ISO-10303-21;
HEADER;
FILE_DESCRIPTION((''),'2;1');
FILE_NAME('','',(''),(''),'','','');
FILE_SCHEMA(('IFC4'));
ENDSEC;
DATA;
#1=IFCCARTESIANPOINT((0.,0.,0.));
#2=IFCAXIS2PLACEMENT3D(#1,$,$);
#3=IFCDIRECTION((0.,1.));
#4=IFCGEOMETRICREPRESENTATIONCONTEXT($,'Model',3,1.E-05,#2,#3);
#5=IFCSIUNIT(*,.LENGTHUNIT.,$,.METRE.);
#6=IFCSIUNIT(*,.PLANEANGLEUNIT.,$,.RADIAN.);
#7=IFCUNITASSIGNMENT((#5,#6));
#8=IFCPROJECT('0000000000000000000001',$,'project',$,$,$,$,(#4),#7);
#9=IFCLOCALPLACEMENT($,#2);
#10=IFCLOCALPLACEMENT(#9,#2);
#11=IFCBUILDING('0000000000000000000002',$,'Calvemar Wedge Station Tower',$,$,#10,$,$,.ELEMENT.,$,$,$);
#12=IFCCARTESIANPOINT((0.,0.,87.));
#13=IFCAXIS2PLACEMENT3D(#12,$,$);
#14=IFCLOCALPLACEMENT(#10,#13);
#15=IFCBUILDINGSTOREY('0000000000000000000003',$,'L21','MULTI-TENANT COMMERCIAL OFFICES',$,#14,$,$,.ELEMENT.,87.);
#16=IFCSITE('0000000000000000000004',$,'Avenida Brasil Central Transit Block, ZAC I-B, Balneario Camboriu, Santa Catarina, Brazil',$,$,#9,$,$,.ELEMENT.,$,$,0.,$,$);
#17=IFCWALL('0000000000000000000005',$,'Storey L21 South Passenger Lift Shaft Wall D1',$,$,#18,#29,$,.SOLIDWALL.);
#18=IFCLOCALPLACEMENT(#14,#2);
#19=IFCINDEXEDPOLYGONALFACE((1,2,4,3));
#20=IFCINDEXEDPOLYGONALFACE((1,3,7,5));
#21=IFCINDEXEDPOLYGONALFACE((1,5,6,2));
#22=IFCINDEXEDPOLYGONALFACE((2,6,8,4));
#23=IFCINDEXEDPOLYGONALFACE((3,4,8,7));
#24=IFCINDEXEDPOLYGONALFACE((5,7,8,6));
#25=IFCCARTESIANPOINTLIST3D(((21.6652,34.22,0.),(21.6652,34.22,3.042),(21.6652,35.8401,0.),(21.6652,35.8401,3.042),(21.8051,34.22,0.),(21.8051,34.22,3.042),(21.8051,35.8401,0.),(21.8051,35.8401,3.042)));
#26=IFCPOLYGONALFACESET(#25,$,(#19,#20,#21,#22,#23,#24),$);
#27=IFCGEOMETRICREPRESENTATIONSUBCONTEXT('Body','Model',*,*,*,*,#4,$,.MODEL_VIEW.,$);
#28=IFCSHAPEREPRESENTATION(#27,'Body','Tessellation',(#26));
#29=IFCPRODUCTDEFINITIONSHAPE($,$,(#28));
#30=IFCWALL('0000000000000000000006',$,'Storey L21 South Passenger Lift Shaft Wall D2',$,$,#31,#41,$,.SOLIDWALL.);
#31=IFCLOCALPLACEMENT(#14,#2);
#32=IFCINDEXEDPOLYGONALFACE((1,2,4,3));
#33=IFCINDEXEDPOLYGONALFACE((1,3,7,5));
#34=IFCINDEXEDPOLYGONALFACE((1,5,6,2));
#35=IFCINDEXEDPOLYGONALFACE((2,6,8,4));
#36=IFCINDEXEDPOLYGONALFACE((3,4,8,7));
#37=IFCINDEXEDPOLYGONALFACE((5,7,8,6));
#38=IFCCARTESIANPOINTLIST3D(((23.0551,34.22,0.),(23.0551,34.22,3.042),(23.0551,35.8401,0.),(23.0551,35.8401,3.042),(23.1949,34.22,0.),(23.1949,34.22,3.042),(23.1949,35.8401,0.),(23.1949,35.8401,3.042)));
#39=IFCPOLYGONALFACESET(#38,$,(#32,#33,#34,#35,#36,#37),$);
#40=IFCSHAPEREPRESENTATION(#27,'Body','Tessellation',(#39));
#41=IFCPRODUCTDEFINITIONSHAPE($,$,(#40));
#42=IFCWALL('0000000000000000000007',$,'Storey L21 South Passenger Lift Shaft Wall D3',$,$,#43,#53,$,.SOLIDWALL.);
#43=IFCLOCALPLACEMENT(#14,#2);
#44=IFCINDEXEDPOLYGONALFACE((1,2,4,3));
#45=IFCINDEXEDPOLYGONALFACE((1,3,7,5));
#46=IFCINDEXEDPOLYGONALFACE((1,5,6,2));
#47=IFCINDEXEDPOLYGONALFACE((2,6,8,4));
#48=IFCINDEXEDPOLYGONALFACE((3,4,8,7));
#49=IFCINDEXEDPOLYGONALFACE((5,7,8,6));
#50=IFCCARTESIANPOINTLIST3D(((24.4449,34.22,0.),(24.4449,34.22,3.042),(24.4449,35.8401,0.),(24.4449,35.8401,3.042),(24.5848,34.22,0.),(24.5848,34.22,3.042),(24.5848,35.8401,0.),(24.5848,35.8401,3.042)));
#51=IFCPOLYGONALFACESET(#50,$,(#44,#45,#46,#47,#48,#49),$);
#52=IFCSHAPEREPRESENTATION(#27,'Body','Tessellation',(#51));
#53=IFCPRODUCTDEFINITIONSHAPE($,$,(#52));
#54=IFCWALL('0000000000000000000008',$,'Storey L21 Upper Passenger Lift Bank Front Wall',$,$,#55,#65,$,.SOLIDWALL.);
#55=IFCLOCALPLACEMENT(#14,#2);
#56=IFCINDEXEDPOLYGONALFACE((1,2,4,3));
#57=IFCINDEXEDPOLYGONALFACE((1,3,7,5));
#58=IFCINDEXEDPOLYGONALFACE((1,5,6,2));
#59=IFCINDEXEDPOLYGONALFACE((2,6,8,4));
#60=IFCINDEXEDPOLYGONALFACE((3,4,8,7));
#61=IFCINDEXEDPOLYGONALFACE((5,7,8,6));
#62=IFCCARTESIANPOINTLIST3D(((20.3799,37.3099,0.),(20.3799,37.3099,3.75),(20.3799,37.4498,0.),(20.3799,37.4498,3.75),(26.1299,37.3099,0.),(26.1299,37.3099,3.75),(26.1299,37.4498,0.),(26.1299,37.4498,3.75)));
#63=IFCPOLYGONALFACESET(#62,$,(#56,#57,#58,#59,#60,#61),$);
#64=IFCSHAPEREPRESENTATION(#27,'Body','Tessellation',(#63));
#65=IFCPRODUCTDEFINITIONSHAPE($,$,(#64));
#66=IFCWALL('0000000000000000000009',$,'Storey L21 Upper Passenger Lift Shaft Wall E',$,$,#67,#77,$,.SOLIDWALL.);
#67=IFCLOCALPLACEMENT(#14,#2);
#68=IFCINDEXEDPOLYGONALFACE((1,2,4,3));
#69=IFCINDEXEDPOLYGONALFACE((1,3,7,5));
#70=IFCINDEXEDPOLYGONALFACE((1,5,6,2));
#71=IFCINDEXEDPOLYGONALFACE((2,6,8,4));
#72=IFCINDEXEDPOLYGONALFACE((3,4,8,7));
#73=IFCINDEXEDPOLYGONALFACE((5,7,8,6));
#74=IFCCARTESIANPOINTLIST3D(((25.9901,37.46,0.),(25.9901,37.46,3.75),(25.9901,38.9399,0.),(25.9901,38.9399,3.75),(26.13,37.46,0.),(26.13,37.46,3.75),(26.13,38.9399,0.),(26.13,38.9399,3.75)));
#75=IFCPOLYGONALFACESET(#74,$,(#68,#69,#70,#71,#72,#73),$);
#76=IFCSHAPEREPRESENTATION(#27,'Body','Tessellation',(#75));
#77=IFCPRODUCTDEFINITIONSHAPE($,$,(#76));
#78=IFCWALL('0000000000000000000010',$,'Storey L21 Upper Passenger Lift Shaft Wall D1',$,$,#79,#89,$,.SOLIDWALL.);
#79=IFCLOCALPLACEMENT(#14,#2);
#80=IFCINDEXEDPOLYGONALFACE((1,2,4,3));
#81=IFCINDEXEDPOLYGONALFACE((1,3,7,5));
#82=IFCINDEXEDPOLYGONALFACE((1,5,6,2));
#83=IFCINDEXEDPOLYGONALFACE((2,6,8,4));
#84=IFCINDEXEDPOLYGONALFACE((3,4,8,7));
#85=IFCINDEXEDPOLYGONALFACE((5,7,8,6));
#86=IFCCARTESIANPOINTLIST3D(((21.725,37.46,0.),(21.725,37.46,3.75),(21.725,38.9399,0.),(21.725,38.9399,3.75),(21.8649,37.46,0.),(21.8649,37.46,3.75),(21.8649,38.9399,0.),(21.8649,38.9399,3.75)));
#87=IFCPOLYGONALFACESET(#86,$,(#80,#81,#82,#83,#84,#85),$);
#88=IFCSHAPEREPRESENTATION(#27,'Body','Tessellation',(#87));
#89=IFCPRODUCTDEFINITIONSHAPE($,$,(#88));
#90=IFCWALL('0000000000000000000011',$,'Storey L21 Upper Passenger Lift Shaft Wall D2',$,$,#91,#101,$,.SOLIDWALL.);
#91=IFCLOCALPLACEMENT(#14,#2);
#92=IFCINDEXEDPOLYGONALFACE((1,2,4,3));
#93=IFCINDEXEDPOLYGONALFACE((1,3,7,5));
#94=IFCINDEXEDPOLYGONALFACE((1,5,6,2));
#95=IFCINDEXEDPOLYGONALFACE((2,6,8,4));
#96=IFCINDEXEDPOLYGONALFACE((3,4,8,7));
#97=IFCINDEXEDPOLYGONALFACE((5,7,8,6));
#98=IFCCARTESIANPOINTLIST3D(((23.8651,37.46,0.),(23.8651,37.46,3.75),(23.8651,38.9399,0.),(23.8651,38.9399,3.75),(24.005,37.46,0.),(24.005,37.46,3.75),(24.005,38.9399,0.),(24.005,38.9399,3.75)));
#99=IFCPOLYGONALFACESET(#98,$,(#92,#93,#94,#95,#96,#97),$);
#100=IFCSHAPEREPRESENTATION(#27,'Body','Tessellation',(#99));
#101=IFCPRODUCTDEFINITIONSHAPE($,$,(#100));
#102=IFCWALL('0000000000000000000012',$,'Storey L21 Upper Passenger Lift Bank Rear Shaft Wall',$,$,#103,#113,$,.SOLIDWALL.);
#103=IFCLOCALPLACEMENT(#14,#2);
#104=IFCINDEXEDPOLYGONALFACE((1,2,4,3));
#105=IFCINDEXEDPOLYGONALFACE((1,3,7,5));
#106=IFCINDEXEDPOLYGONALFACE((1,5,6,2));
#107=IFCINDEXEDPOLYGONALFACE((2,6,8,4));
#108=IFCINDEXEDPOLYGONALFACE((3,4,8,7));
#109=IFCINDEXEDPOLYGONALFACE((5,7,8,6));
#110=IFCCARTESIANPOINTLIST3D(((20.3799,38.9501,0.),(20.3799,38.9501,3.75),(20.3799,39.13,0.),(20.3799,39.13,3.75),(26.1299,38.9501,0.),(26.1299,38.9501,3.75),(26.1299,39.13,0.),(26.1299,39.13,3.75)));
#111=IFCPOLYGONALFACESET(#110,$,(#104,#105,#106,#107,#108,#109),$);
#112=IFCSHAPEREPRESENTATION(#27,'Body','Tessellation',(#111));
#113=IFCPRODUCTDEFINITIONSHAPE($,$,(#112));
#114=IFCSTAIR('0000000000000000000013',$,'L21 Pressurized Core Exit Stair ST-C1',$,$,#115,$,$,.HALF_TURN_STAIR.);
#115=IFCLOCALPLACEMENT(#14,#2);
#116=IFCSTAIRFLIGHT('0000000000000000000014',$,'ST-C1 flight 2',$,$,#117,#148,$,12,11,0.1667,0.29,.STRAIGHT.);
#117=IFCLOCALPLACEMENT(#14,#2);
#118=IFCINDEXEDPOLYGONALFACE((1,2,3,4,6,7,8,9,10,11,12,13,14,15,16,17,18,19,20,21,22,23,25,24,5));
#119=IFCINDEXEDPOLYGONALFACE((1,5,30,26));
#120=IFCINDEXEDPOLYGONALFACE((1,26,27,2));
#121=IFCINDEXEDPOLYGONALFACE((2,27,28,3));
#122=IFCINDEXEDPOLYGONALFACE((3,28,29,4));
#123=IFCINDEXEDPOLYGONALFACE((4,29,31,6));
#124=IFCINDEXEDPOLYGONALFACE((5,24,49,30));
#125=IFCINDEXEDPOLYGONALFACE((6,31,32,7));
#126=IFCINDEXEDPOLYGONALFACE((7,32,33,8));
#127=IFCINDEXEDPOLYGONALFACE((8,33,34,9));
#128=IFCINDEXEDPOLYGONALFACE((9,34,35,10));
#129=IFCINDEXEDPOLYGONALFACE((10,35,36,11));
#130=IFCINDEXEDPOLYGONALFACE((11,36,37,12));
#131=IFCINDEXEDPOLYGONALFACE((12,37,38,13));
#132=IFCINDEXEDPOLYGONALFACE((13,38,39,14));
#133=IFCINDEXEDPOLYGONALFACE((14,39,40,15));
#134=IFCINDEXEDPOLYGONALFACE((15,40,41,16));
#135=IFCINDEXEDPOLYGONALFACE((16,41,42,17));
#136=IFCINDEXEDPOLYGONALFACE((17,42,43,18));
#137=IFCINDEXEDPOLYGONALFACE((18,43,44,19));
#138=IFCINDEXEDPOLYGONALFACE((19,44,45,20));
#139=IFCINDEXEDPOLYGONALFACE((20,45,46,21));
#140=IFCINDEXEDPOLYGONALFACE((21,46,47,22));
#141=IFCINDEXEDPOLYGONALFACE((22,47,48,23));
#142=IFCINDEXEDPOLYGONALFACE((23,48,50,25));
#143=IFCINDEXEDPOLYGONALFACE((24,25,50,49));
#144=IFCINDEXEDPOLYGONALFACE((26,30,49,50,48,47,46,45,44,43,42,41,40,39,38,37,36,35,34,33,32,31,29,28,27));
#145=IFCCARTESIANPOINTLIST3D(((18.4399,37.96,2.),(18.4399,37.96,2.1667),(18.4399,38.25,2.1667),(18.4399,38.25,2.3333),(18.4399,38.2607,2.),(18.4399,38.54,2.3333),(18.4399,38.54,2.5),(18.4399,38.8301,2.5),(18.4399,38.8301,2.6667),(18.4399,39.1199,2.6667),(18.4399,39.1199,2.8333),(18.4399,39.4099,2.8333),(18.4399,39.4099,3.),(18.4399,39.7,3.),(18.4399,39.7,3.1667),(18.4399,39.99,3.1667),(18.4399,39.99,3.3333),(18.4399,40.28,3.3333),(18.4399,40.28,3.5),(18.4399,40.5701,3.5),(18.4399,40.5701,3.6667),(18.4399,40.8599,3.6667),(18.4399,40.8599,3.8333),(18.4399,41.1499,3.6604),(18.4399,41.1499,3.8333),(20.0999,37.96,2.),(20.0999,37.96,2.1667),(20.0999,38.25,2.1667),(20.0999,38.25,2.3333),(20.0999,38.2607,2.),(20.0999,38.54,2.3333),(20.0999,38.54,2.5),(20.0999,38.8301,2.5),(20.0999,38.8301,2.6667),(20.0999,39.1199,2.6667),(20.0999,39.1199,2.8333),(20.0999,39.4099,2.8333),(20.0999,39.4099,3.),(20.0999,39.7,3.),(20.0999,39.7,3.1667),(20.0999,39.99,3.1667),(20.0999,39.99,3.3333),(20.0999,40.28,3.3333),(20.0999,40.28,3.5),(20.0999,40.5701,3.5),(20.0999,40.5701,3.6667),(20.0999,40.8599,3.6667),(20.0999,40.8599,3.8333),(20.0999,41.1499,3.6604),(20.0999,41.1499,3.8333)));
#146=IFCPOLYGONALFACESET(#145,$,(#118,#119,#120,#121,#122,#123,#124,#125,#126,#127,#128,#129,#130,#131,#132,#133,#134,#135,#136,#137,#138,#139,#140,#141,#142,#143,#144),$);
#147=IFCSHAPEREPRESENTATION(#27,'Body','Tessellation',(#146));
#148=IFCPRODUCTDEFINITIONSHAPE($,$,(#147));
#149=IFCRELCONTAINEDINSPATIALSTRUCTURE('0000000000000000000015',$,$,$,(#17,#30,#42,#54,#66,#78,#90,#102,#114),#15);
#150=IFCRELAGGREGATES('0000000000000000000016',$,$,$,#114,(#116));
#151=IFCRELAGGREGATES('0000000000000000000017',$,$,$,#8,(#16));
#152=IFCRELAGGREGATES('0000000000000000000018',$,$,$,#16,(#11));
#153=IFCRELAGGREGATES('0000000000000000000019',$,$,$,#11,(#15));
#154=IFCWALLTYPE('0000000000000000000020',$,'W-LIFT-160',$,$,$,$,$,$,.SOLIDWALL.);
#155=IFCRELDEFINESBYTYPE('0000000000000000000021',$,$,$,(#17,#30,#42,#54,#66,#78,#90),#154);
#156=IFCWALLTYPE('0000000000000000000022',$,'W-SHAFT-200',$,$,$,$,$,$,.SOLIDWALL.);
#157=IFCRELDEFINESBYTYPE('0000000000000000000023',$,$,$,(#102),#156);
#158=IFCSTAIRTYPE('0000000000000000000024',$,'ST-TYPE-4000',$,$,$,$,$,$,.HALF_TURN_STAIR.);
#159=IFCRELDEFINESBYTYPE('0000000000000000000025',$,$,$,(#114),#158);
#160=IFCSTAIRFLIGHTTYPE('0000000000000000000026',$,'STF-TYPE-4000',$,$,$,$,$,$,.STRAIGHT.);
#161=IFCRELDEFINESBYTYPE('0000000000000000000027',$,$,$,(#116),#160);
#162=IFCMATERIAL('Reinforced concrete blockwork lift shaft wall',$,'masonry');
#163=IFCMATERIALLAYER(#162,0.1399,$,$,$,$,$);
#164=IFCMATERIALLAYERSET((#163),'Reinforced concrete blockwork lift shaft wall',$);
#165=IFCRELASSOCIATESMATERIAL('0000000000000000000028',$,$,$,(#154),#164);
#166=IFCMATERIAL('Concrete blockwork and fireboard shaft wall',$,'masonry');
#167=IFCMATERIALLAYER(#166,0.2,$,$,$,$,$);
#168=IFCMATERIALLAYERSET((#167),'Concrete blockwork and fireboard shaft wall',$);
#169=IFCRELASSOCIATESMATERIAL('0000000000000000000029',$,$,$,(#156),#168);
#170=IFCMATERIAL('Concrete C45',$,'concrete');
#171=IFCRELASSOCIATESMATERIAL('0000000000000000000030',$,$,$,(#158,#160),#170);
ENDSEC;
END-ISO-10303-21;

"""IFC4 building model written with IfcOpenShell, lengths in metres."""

from ifc_helpers import new_model, si_unit, direction, frame, frame_2d, origin, place, context, subcontext, project, spatial, polyline, rectangle, outline, extrude, material, layer, layer_set, type_object, element, aggregate, save


model = new_model("IFC4")

# Units and contexts
model_context = context("Model", 3, precision=1e-05, world=origin(), true_north=direction((0.0, 1.0)))
body_context = subcontext(model_context, "Body", "Model", "MODEL_VIEW")
ifc_project = project(units=[si_unit("LENGTHUNIT", "METRE"), si_unit("PLANEANGLEUNIT", "RADIAN")], contexts=[model_context])

# Site, building, storey
site_placement = place(None, origin())
site = spatial("IfcSite", under=ifc_project, at=site_placement, Name="Avenida Brasil Central Transit Block, ZAC I-B, Balneario Camboriu, Santa Catarina, Brazil", CompositionType="ELEMENT", RefElevation=0.0)
building_placement = place(site_placement, origin())
building = spatial("IfcBuilding", under=site, at=building_placement, Name="Calvemar Wedge Station Tower", CompositionType="ELEMENT")
storey_placement = place(building_placement, frame((0.0, 0.0, 87.0)))
storey = spatial("IfcBuildingStorey", under=building, at=storey_placement, Name="L21", Description="MULTI-TENANT COMMERCIAL OFFICES", CompositionType="ELEMENT", Elevation=87.0)

# Shared definitions
ifc_material_1 = material(Name="Reinforced concrete blockwork lift shaft wall", Category="masonry")
ifc_layer_1 = layer(ifc_material_1, 0.1399)
ifc_layer_set_1 = layer_set([ifc_layer_1], Name="Reinforced concrete blockwork lift shaft wall")
wall_type_1 = type_object("IfcWallType", Name="W-LIFT-160", PredefinedType="SOLIDWALL", material=ifc_layer_set_1)

# Walls
for number, where, z_axis, x_axis, name in (
    (1, (21.7351, 34.22, 0.0), (0.0, 0.0, 1.0), (0.0, 1.0, 0.0), "Storey L21 South Passenger Lift Shaft Wall D1"),
    (2, (23.125, 34.22, 0.0), (0.0, 0.0, 1.0), (0.0, 1.0, 0.0), "Storey L21 South Passenger Lift Shaft Wall D2"),
    (3, (24.5149, 34.22, 0.0), (0.0, 0.0, 1.0), (0.0, 1.0, 0.0), "Storey L21 South Passenger Lift Shaft Wall D3"),
):
    element("IfcWall", number, at=place(storey_placement, frame(where, z_axis=z_axis, x_axis=x_axis)), inside=storey, type_object=wall_type_1, Name=name, PredefinedType="SOLIDWALL", context=body_context, shape_type="SweptSolid", body=[
        extrude(rectangle(XDim=1.6201, YDim=0.1399, at=frame_2d((0.8101, 0.0))), origin(), (0.0, 0.0, 1.0), 3.042),
    ])
wall_1_placement = place(storey_placement, frame((20.3799, 37.3799, 0.0), z_axis=(0.0, 0.0, 1.0), x_axis=(1.0, 0.0, 0.0)))
element("IfcWall", 4, at=wall_1_placement, inside=storey, type_object=wall_type_1, Name="Storey L21 Upper Passenger Lift Bank Front Wall", PredefinedType="SOLIDWALL", context=body_context, shape_type="SweptSolid", body=[
    extrude(rectangle(XDim=5.75, YDim=0.1399, at=frame_2d((2.875, 0.0))), origin(), (0.0, 0.0, 1.0), 3.75),
])
for number, where, z_axis, x_axis, name in (
    (5, (26.0601, 37.46, 0.0), (0.0, 0.0, 1.0), (0.0, 1.0, 0.0), "Storey L21 Upper Passenger Lift Shaft Wall E"),
    (6, (21.7949, 37.46, 0.0), (0.0, 0.0, 1.0), (0.0, 1.0, 0.0), "Storey L21 Upper Passenger Lift Shaft Wall D1"),
    (7, (23.9351, 37.46, 0.0), (0.0, 0.0, 1.0), (0.0, 1.0, 0.0), "Storey L21 Upper Passenger Lift Shaft Wall D2"),
):
    element("IfcWall", number, at=place(storey_placement, frame(where, z_axis=z_axis, x_axis=x_axis)), inside=storey, type_object=wall_type_1, Name=name, PredefinedType="SOLIDWALL", context=body_context, shape_type="SweptSolid", body=[
        extrude(rectangle(XDim=1.48, YDim=0.1399, at=frame_2d((0.74, 0.0))), origin(), (0.0, 0.0, 1.0), 3.75),
    ])
ifc_material_2 = material(Name="Concrete blockwork and fireboard shaft wall", Category="masonry")
ifc_layer_2 = layer(ifc_material_2, 0.2)
ifc_layer_set_2 = layer_set([ifc_layer_2], Name="Concrete blockwork and fireboard shaft wall")
wall_type_2 = type_object("IfcWallType", Name="W-SHAFT-200", PredefinedType="SOLIDWALL", material=ifc_layer_set_2)
wall_2_placement = place(storey_placement, frame((20.3799, 39.04, 0.0), z_axis=(0.0, 0.0, 1.0), x_axis=(1.0, 0.0, 0.0)))
element("IfcWall", 8, at=wall_2_placement, inside=storey, type_object=wall_type_2, Name="Storey L21 Upper Passenger Lift Bank Rear Shaft Wall", PredefinedType="SOLIDWALL", context=body_context, shape_type="SweptSolid", body=[
    extrude(rectangle(XDim=5.75, YDim=0.1799, at=frame_2d((2.875, 0.0))), origin(), (0.0, 0.0, 1.0), 3.75),
])

# Stair, stair flight
ifc_material_3 = material(Name="Concrete C45", Category="concrete")
stair_type = type_object("IfcStairType", Name="ST-TYPE-4000", PredefinedType="HALF_TURN_STAIR", material=ifc_material_3)
stair_placement = place(storey_placement, origin())
stair = element("IfcStair", 9, at=stair_placement, inside=storey, type_object=stair_type, Name="L21 Pressurized Core Exit Stair ST-C1", PredefinedType="HALF_TURN_STAIR")
stair_flight_type = type_object("IfcStairFlightType", Name="STF-TYPE-4000", PredefinedType="STRAIGHT", material=ifc_material_3)
stair_flight_placement = place(storey_placement, frame((19.27, 37.96, 2.0), z_axis=(0.0, 0.0, 1.0), x_axis=(0.0, 1.0, 0.0)))
stair_flight = element("IfcStairFlight", 10, at=stair_flight_placement, type_object=stair_flight_type, Name="ST-C1 flight 2", NumberOfRisers=12, NumberOfTreads=11, PredefinedType="STRAIGHT", RiserHeight=0.1667, TreadLength=0.29, context=body_context, shape_type="SweptSolid", body=[
    extrude(outline(polyline([(0.0, 0.0), (0.0, 0.1667), (0.29, 0.1667), (0.29, 0.3333), (0.5801, 0.3333), (0.5801, 0.5), (0.8701, 0.5), (0.8701, 0.6667), (1.1599, 0.6667), (1.1599, 0.8333), (1.45, 0.8333), (1.45, 1.0), (1.74, 1.0), (1.74, 1.1667), (2.03, 1.1667), (2.03, 1.3333), (2.3201, 1.3333), (2.3201, 1.5), (2.6101, 1.5), (2.6101, 1.6667), (2.8999, 1.6667), (2.8999, 1.8333), (3.1899, 1.8333), (3.1899, 2.0), (3.1899, 1.6604), (0.3008, 0.0), (0.0, 0.0)])), frame((0.0, 0.8301, 0.0), z_axis=(0.0, -1.0, 0.0), x_axis=(1.0, 0.0, 0.0)), (0.0, 0.0, 1.0), 1.6599),
])
aggregate(stair, [stair_flight])

save(model, "model.ifc")
